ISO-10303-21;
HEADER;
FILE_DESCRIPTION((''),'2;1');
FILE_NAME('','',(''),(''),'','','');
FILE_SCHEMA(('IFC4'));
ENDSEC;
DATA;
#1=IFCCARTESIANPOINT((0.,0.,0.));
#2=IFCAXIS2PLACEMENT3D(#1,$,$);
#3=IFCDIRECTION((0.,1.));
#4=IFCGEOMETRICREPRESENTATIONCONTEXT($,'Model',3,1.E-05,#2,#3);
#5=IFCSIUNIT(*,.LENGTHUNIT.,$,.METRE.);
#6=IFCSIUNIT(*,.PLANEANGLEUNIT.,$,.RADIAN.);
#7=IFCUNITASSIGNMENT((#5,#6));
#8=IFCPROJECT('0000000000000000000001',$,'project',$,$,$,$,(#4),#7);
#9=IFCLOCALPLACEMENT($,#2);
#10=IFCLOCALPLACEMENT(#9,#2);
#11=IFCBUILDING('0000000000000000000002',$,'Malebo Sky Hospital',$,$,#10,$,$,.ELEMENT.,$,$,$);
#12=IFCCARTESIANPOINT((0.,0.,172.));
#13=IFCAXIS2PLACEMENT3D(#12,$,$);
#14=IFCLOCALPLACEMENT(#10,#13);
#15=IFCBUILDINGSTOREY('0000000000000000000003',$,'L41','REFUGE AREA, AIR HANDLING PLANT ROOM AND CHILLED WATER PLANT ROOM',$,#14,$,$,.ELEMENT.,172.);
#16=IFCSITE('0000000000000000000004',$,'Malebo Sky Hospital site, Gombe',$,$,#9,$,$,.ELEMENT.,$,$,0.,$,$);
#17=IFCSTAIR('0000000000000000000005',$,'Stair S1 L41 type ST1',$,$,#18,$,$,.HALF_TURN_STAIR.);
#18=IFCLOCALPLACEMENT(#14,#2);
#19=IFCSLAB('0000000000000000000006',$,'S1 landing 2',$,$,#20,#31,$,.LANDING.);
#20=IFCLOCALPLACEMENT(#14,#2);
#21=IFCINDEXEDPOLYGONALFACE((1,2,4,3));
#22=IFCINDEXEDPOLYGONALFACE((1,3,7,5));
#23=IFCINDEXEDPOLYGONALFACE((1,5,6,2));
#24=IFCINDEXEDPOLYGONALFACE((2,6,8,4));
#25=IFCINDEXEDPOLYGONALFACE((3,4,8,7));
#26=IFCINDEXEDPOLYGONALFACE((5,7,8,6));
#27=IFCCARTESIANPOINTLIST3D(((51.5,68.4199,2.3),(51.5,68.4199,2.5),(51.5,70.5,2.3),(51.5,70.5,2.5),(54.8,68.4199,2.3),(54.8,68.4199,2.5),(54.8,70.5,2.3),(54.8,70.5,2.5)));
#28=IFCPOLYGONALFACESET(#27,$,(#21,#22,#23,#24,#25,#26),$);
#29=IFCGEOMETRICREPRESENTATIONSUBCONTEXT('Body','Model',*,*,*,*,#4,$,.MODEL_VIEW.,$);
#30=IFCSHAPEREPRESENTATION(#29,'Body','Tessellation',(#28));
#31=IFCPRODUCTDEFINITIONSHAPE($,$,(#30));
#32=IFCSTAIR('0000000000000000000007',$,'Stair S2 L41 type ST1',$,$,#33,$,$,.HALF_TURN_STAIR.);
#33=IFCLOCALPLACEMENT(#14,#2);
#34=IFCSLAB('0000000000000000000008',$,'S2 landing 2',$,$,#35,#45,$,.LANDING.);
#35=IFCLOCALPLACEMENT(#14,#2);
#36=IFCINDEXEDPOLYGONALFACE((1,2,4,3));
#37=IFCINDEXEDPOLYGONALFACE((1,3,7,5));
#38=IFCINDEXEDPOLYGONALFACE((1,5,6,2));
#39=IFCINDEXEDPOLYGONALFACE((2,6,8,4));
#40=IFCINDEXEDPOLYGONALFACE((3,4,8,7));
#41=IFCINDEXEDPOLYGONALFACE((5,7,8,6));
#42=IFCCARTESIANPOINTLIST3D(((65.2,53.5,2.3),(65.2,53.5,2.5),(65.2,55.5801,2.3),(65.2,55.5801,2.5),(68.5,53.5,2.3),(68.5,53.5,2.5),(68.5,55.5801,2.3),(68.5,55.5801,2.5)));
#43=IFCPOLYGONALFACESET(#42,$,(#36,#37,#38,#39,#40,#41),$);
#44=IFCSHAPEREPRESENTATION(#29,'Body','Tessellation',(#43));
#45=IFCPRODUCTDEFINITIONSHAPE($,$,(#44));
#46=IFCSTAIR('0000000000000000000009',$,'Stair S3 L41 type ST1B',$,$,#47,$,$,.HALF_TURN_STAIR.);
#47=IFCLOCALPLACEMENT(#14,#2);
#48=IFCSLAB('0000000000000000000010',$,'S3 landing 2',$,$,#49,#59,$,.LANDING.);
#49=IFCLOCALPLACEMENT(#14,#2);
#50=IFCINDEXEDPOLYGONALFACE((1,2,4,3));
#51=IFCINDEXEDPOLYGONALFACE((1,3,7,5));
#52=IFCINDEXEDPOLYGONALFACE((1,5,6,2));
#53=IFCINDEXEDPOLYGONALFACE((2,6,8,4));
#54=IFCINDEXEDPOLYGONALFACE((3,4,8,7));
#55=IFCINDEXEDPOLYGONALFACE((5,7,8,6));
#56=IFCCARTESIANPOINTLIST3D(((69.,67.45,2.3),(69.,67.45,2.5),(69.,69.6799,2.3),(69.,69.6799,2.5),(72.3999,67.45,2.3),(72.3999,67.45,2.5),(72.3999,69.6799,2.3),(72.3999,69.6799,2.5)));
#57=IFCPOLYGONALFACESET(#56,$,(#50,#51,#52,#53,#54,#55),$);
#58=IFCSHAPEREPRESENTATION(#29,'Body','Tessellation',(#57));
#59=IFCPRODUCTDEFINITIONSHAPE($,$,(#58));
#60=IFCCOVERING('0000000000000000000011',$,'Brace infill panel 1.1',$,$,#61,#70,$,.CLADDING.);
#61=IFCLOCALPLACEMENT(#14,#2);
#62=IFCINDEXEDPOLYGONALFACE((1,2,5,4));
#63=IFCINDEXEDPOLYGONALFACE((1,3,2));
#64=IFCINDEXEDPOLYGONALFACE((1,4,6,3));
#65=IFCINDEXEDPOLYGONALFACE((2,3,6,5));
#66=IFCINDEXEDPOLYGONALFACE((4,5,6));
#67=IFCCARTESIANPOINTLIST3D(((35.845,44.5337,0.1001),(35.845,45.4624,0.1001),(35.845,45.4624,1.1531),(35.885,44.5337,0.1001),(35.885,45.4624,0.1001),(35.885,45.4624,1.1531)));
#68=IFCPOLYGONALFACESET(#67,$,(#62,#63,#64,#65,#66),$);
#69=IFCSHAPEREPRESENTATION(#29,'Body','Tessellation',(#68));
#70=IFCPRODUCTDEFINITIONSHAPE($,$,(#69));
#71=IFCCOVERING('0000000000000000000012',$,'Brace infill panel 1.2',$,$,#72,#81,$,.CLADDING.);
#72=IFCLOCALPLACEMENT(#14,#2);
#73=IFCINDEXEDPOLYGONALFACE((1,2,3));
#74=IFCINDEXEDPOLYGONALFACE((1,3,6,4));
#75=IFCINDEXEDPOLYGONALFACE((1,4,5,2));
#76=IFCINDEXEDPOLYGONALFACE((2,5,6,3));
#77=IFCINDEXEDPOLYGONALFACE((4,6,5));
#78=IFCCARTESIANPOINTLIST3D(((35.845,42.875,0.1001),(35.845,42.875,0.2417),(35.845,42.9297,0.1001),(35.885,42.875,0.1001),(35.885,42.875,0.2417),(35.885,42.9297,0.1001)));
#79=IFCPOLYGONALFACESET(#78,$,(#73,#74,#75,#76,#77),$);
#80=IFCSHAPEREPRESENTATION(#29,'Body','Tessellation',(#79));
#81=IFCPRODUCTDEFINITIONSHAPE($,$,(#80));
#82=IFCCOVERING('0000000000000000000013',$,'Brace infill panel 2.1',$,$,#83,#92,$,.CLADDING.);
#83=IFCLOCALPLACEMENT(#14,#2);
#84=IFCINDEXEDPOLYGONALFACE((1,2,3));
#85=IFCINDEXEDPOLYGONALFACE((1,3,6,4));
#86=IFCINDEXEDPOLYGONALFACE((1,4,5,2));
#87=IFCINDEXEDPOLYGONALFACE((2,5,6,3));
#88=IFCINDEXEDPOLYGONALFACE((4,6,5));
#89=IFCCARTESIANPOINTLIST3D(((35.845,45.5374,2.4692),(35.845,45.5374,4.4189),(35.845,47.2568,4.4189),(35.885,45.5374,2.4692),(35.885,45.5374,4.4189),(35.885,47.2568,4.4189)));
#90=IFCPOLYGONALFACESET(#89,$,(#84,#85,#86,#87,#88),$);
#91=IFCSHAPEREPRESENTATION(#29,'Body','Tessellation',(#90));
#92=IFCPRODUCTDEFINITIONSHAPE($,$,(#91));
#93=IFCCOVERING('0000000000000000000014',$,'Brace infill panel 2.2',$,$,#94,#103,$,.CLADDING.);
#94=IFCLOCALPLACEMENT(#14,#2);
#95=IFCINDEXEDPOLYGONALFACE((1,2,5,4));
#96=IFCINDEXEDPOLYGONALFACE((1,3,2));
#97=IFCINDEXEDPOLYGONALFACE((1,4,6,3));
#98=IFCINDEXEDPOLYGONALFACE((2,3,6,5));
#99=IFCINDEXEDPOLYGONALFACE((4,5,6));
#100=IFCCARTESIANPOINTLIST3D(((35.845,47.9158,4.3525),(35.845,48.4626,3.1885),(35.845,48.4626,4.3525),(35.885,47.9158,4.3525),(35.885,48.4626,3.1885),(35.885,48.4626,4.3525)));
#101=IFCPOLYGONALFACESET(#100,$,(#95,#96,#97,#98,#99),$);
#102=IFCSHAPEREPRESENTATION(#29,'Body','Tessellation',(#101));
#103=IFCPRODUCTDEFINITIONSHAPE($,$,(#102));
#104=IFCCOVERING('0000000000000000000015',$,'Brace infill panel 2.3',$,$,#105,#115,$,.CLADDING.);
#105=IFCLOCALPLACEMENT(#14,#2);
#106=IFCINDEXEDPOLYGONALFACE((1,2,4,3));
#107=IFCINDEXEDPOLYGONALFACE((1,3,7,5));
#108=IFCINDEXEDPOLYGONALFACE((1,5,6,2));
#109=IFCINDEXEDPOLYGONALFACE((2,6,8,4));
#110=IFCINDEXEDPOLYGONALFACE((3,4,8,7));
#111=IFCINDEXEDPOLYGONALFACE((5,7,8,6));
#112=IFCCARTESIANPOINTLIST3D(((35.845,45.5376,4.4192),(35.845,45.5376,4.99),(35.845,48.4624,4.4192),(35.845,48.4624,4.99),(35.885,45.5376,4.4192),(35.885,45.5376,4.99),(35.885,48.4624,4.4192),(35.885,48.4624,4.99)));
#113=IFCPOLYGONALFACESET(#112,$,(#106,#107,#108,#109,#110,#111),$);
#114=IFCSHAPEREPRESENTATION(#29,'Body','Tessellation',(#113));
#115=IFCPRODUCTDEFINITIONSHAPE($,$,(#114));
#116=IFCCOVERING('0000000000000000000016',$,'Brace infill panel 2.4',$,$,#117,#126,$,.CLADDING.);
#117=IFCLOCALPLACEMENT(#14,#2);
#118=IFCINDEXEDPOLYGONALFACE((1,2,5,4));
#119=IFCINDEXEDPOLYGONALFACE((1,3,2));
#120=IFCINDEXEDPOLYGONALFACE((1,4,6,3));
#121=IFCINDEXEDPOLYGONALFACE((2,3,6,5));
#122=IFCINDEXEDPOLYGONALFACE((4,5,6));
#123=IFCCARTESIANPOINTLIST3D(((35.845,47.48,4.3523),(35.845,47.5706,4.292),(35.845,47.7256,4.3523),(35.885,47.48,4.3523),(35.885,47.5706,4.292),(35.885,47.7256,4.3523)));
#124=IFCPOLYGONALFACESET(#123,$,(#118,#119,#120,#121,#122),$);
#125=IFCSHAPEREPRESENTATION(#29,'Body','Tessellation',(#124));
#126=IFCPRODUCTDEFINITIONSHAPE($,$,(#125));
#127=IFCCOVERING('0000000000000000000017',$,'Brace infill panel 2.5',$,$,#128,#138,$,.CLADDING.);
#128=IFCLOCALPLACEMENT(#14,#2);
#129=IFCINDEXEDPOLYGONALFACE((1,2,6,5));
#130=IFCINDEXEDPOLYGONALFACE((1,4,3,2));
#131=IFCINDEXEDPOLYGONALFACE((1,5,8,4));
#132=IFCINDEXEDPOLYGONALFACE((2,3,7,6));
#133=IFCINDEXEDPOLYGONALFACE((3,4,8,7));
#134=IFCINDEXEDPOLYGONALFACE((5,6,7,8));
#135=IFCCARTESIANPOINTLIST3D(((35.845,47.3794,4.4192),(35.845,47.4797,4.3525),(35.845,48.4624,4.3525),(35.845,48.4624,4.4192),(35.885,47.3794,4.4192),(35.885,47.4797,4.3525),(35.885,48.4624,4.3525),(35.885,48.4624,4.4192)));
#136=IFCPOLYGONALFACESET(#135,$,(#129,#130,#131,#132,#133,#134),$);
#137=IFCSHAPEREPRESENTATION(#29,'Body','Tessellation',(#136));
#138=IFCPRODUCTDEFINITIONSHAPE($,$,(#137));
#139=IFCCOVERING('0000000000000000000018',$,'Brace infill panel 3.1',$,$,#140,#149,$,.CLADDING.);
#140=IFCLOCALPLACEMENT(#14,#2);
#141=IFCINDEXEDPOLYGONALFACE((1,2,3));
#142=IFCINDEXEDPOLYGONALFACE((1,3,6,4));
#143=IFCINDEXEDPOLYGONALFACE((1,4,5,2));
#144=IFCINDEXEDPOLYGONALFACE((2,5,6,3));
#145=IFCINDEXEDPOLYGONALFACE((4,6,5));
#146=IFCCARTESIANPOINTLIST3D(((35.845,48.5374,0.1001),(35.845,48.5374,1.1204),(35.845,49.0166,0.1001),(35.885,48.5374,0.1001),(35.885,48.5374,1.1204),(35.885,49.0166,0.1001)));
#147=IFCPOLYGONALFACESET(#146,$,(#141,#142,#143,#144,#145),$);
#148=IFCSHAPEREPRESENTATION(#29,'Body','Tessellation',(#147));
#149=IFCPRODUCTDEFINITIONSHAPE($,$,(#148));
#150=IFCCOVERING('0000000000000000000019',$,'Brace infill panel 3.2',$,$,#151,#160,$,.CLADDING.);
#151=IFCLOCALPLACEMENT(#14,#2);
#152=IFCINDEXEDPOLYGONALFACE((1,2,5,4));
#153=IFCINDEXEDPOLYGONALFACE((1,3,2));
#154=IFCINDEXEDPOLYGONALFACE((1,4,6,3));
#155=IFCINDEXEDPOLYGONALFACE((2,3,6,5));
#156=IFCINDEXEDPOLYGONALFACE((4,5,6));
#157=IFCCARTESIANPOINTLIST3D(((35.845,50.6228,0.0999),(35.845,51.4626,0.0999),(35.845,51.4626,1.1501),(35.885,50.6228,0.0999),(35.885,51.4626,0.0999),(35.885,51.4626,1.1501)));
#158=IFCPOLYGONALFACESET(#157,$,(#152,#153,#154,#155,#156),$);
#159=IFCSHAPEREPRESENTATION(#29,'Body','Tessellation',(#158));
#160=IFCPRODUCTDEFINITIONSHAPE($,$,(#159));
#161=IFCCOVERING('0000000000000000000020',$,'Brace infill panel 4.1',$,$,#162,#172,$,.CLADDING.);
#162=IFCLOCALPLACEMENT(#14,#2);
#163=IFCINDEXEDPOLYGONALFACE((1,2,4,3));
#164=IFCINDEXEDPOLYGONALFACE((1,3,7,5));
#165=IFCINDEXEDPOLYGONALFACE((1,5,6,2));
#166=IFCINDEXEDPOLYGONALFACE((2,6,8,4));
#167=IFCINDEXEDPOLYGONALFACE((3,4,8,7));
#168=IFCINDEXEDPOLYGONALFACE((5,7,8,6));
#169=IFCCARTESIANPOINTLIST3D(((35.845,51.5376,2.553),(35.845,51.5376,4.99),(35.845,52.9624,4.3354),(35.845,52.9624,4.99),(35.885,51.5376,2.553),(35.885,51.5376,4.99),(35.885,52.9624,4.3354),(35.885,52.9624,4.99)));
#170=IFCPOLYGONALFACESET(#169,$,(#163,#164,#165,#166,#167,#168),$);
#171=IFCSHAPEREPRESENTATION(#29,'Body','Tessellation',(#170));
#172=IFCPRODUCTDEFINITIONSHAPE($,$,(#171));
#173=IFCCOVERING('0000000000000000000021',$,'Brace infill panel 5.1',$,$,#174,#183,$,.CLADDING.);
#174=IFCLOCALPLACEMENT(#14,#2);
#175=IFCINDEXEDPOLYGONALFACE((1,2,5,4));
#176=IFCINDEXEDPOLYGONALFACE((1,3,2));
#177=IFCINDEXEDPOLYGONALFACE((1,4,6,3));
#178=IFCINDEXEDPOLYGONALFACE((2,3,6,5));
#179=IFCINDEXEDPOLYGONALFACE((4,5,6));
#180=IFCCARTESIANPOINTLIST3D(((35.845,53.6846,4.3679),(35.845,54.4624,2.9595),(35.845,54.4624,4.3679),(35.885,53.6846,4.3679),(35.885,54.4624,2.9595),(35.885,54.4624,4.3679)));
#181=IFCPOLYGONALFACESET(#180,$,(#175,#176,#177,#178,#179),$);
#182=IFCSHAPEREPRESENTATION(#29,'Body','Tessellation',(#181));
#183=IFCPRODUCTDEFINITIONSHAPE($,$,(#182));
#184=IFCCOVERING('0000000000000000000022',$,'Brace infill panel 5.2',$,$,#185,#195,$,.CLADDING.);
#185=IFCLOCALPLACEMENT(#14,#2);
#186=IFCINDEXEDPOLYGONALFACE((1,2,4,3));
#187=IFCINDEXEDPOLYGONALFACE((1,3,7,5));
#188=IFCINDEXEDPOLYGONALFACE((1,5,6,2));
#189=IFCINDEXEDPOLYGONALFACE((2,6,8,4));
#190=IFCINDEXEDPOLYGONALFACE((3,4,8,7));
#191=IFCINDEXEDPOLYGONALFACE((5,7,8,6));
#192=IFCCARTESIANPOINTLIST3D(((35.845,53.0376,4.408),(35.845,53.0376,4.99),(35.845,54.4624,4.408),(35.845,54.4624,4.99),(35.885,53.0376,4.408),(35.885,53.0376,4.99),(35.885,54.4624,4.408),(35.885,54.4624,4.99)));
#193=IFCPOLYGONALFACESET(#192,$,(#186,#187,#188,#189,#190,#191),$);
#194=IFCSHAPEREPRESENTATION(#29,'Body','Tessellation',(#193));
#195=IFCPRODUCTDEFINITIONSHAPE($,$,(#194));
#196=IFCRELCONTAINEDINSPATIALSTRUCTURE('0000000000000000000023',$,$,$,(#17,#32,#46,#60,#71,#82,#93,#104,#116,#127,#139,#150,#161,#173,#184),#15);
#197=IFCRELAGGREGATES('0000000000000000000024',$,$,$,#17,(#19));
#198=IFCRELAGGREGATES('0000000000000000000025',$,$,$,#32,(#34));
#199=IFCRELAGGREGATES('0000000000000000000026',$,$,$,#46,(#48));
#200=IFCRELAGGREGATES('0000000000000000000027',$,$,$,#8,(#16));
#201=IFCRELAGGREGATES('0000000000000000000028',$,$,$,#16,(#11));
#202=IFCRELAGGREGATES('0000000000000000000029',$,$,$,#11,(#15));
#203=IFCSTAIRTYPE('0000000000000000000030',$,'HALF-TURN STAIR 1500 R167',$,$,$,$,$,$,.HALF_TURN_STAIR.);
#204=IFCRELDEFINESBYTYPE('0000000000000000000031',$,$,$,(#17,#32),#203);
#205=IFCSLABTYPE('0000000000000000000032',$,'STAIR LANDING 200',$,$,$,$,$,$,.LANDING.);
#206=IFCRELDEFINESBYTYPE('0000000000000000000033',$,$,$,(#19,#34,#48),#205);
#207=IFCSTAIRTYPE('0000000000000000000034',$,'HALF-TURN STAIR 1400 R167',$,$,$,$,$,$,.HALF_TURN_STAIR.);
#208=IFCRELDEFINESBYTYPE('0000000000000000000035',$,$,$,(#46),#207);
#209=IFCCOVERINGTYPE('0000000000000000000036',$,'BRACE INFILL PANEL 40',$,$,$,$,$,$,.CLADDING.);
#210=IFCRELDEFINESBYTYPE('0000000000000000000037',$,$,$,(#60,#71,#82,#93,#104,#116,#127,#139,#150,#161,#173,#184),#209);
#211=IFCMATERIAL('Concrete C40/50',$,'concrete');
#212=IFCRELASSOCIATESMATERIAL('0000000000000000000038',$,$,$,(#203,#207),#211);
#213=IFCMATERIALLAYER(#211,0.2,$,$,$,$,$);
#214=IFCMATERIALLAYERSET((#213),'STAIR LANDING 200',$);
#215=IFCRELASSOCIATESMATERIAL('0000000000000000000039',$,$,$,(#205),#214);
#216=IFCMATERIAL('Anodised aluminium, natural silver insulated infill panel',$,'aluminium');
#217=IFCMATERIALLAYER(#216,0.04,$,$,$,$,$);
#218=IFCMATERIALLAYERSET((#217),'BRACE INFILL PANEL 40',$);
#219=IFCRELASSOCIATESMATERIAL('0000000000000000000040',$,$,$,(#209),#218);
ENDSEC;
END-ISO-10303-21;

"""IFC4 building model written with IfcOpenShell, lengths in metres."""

from ifc_helpers import new_model, si_unit, direction, frame, origin, place, context, subcontext, project, spatial, polyline, outline, extrude, material, layer, layer_set, type_object, element, aggregate, save


model = new_model("IFC4")

# Units and contexts
model_context = context("Model", 3, precision=1e-05, world=origin(), true_north=direction((0.0, 1.0)))
body_context = subcontext(model_context, "Body", "Model", "MODEL_VIEW")
ifc_project = project(units=[si_unit("LENGTHUNIT", "METRE"), si_unit("PLANEANGLEUNIT", "RADIAN")], contexts=[model_context])

# Site, building, storey
site_placement = place(None, origin())
site = spatial("IfcSite", under=ifc_project, at=site_placement, Name="Malebo Sky Hospital site, Gombe", CompositionType="ELEMENT", RefElevation=0.0)
building_placement = place(site_placement, origin())
building = spatial("IfcBuilding", under=site, at=building_placement, Name="Malebo Sky Hospital", CompositionType="ELEMENT")
storey_placement = place(building_placement, frame((0.0, 0.0, 172.0)))
storey = spatial("IfcBuildingStorey", under=building, at=storey_placement, Name="L41", Description="REFUGE AREA, AIR HANDLING PLANT ROOM AND CHILLED WATER PLANT ROOM", CompositionType="ELEMENT", Elevation=172.0)

# Stairs, slabs
ifc_material_1 = material(Name="Concrete C40/50", Category="concrete")
stair_type_1 = type_object("IfcStairType", Name="HALF-TURN STAIR 1500 R167", PredefinedType="HALF_TURN_STAIR", material=ifc_material_1)
stair_1_placement = place(storey_placement, origin())
stair_1 = element("IfcStair", 1, at=stair_1_placement, inside=storey, type_object=stair_type_1, Name="Stair S1 L41 type ST1", PredefinedType="HALF_TURN_STAIR")
ifc_layer_1 = layer(ifc_material_1, 0.2)
ifc_layer_set_1 = layer_set([ifc_layer_1], Name="STAIR LANDING 200")
slab_type = type_object("IfcSlabType", Name="STAIR LANDING 200", PredefinedType="LANDING", material=ifc_layer_set_1)
slab_1_placement = place(storey_placement, frame((0.0, 0.0, 2.3)))
slab_1 = element("IfcSlab", 2, at=slab_1_placement, type_object=slab_type, Name="S1 landing 2", PredefinedType="LANDING", context=body_context, shape_type="SweptSolid", body=[
    extrude(outline(polyline([(51.5, 68.4199), (54.8, 68.4199), (54.8, 70.5), (51.5, 70.5), (51.5, 68.4199)])), origin(), (0.0, 0.0, 1.0), 0.2),
])
aggregate(stair_1, [slab_1])
stair_2_placement = place(storey_placement, origin())
stair_2 = element("IfcStair", 3, at=stair_2_placement, inside=storey, type_object=stair_type_1, Name="Stair S2 L41 type ST1", PredefinedType="HALF_TURN_STAIR")
slab_2_placement = place(storey_placement, frame((0.0, 0.0, 2.3)))
slab_2 = element("IfcSlab", 4, at=slab_2_placement, type_object=slab_type, Name="S2 landing 2", PredefinedType="LANDING", context=body_context, shape_type="SweptSolid", body=[
    extrude(outline(polyline([(65.2, 53.5), (68.5, 53.5), (68.5, 55.5801), (65.2, 55.5801), (65.2, 53.5)])), origin(), (0.0, 0.0, 1.0), 0.2),
])
aggregate(stair_2, [slab_2])
stair_type_2 = type_object("IfcStairType", Name="HALF-TURN STAIR 1400 R167", PredefinedType="HALF_TURN_STAIR", material=ifc_material_1)
stair_3_placement = place(storey_placement, origin())
stair_3 = element("IfcStair", 5, at=stair_3_placement, inside=storey, type_object=stair_type_2, Name="Stair S3 L41 type ST1B", PredefinedType="HALF_TURN_STAIR")
slab_3_placement = place(storey_placement, frame((0.0, 0.0, 2.3)))
slab_3 = element("IfcSlab", 6, at=slab_3_placement, type_object=slab_type, Name="S3 landing 2", PredefinedType="LANDING", context=body_context, shape_type="SweptSolid", body=[
    extrude(outline(polyline([(69.0, 67.45), (72.3999, 67.45), (72.3999, 69.6799), (69.0, 69.6799), (69.0, 67.45)])), origin(), (0.0, 0.0, 1.0), 0.2),
])
aggregate(stair_3, [slab_3])

# Coverings
ifc_material_2 = material(Name="Anodised aluminium, natural silver insulated infill panel", Category="aluminium")
ifc_layer_2 = layer(ifc_material_2, 0.04)
ifc_layer_set_2 = layer_set([ifc_layer_2], Name="BRACE INFILL PANEL 40")
covering_type = type_object("IfcCoveringType", Name="BRACE INFILL PANEL 40", PredefinedType="CLADDING", material=ifc_layer_set_2)
covering_1_placement = place(storey_placement, frame((35.865, 44.998, 0.1001), z_axis=(0.0, 0.0, 1.0), x_axis=(0.0, 1.0, 0.0)))
element("IfcCovering", 7, at=covering_1_placement, inside=storey, type_object=covering_type, Name="Brace infill panel 1.1", PredefinedType="CLADDING", context=body_context, shape_type="SweptSolid", body=[
    extrude(outline(polyline([(-0.4644, 0.0), (0.4644, 0.0), (0.4644, 1.053), (-0.4644, 0.0)])), frame((0.0, 0.02, 0.0), z_axis=(0.0, -1.0, 0.0), x_axis=(1.0, 0.0, 0.0)), (0.0, 0.0, 1.0), 0.04),
])
covering_2_placement = place(storey_placement, frame((35.865, 42.9023, 0.1001), z_axis=(0.0, 0.0, 1.0), x_axis=(0.0, 1.0, 0.0)))
element("IfcCovering", 8, at=covering_2_placement, inside=storey, type_object=covering_type, Name="Brace infill panel 1.2", PredefinedType="CLADDING", context=body_context, shape_type="SweptSolid", body=[
    extrude(outline(polyline([(-0.0273, 0.0), (0.0273, 0.0), (-0.0273, 0.1416), (-0.0273, 0.0)])), frame((0.0, 0.02, 0.0), z_axis=(0.0, -1.0, 0.0), x_axis=(1.0, 0.0, 0.0)), (0.0, 0.0, 1.0), 0.04),
])
covering_3_placement = place(storey_placement, frame((35.865, 46.3972, 2.4692), z_axis=(0.0, 0.0, 1.0), x_axis=(0.0, 1.0, 0.0)))
element("IfcCovering", 9, at=covering_3_placement, inside=storey, type_object=covering_type, Name="Brace infill panel 2.1", PredefinedType="CLADDING", context=body_context, shape_type="SweptSolid", body=[
    extrude(outline(polyline([(-0.8599, 0.0), (0.8596, 1.9497), (-0.8599, 1.9497), (-0.8599, 0.0)])), frame((0.0, 0.02, 0.0), z_axis=(0.0, -1.0, 0.0), x_axis=(1.0, 0.0, 0.0)), (0.0, 0.0, 1.0), 0.04),
])
covering_4_placement = place(storey_placement, frame((35.865, 48.1892, 3.1885), z_axis=(0.0, 0.0, 1.0), x_axis=(0.0, 1.0, 0.0)))
element("IfcCovering", 10, at=covering_4_placement, inside=storey, type_object=covering_type, Name="Brace infill panel 2.2", PredefinedType="CLADDING", context=body_context, shape_type="SweptSolid", body=[
    extrude(outline(polyline([(0.2734, 0.0), (0.2734, 1.1641), (-0.2734, 1.1641), (0.2734, 0.0)])), frame((0.0, 0.02, 0.0), z_axis=(0.0, -1.0, 0.0), x_axis=(1.0, 0.0, 0.0)), (0.0, 0.0, 1.0), 0.04),
])
covering_5_placement = place(storey_placement, frame((35.865, 47.0, 4.4192), z_axis=(0.0, 0.0, 1.0), x_axis=(0.0, 1.0, 0.0)))
element("IfcCovering", 11, at=covering_5_placement, inside=storey, type_object=covering_type, Name="Brace infill panel 2.3", PredefinedType="CLADDING", context=body_context, shape_type="SweptSolid", body=[
    extrude(outline(polyline([(-1.4624, 0.0), (1.4624, 0.0), (1.4624, 0.5708), (-1.4624, 0.5708), (-1.4624, 0.0)])), frame((0.0, 0.02, 0.0), z_axis=(0.0, -1.0, 0.0), x_axis=(1.0, 0.0, 0.0)), (0.0, 0.0, 1.0), 0.04),
])
covering_6_placement = place(storey_placement, frame((35.865, 47.6028, 4.292), z_axis=(0.0, 0.0, 1.0), x_axis=(0.0, 1.0, 0.0)))
element("IfcCovering", 12, at=covering_6_placement, inside=storey, type_object=covering_type, Name="Brace infill panel 2.4", PredefinedType="CLADDING", context=body_context, shape_type="SweptSolid", body=[
    extrude(outline(polyline([(-0.0322, 0.0), (0.1228, 0.0603), (-0.1228, 0.0603), (-0.0322, 0.0)])), frame((0.0, 0.02, 0.0), z_axis=(0.0, -1.0, 0.0), x_axis=(1.0, 0.0, 0.0)), (0.0, 0.0, 1.0), 0.04),
])
covering_7_placement = place(storey_placement, frame((35.865, 47.9209, 4.3525), z_axis=(0.0, 0.0, 1.0), x_axis=(0.0, 1.0, 0.0)))
element("IfcCovering", 13, at=covering_7_placement, inside=storey, type_object=covering_type, Name="Brace infill panel 2.5", PredefinedType="CLADDING", context=body_context, shape_type="SweptSolid", body=[
    extrude(outline(polyline([(-0.4412, 0.0), (0.5415, 0.0), (0.5415, 0.0667), (-0.5415, 0.0667), (-0.4412, 0.0)])), frame((0.0, 0.02, 0.0), z_axis=(0.0, -1.0, 0.0), x_axis=(1.0, 0.0, 0.0)), (0.0, 0.0, 1.0), 0.04),
])
covering_8_placement = place(storey_placement, frame((35.865, 48.7771, 0.1001), z_axis=(0.0, 0.0, 1.0), x_axis=(0.0, 1.0, 0.0)))
element("IfcCovering", 14, at=covering_8_placement, inside=storey, type_object=covering_type, Name="Brace infill panel 3.1", PredefinedType="CLADDING", context=body_context, shape_type="SweptSolid", body=[
    extrude(outline(polyline([(-0.2397, 0.0), (0.2395, 0.0), (-0.2397, 1.0203), (-0.2397, 0.0)])), frame((0.0, 0.02, 0.0), z_axis=(0.0, -1.0, 0.0), x_axis=(1.0, 0.0, 0.0)), (0.0, 0.0, 1.0), 0.04),
])
covering_9_placement = place(storey_placement, frame((35.865, 51.0427, 0.0999), z_axis=(0.0, 0.0, 1.0), x_axis=(0.0, 1.0, 0.0)))
element("IfcCovering", 15, at=covering_9_placement, inside=storey, type_object=covering_type, Name="Brace infill panel 3.2", PredefinedType="CLADDING", context=body_context, shape_type="SweptSolid", body=[
    extrude(outline(polyline([(-0.4199, 0.0), (0.4199, 0.0), (0.4199, 1.0503), (-0.4199, 0.0)])), frame((0.0, 0.02, 0.0), z_axis=(0.0, -1.0, 0.0), x_axis=(1.0, 0.0, 0.0)), (0.0, 0.0, 1.0), 0.04),
])
covering_10_placement = place(storey_placement, frame((35.865, 52.25, 2.553), z_axis=(0.0, 0.0, 1.0), x_axis=(0.0, 1.0, 0.0)))
element("IfcCovering", 16, at=covering_10_placement, inside=storey, type_object=covering_type, Name="Brace infill panel 4.1", PredefinedType="CLADDING", context=body_context, shape_type="SweptSolid", body=[
    extrude(outline(polyline([(-0.7124, 0.0), (0.7124, 1.7825), (0.7124, 2.437), (-0.7124, 2.437), (-0.7124, 0.0)])), frame((0.0, 0.02, 0.0), z_axis=(0.0, -1.0, 0.0), x_axis=(1.0, 0.0, 0.0)), (0.0, 0.0, 1.0), 0.04),
])
covering_11_placement = place(storey_placement, frame((35.865, 54.0735, 2.9595), z_axis=(0.0, 0.0, 1.0), x_axis=(0.0, 1.0, 0.0)))
element("IfcCovering", 17, at=covering_11_placement, inside=storey, type_object=covering_type, Name="Brace infill panel 5.1", PredefinedType="CLADDING", context=body_context, shape_type="SweptSolid", body=[
    extrude(outline(polyline([(0.3889, 0.0), (0.3889, 1.4084), (-0.3889, 1.4084), (0.3889, 0.0)])), frame((0.0, 0.02, 0.0), z_axis=(0.0, -1.0, 0.0), x_axis=(1.0, 0.0, 0.0)), (0.0, 0.0, 1.0), 0.04),
])
covering_12_placement = place(storey_placement, frame((35.865, 53.75, 4.408), z_axis=(0.0, 0.0, 1.0), x_axis=(0.0, 1.0, 0.0)))
element("IfcCovering", 18, at=covering_12_placement, inside=storey, type_object=covering_type, Name="Brace infill panel 5.2", PredefinedType="CLADDING", context=body_context, shape_type="SweptSolid", body=[
    extrude(outline(polyline([(-0.7124, 0.0), (0.7124, 0.0), (0.7124, 0.582), (-0.7124, 0.582), (-0.7124, 0.0)])), frame((0.0, 0.02, 0.0), z_axis=(0.0, -1.0, 0.0), x_axis=(1.0, 0.0, 0.0)), (0.0, 0.0, 1.0), 0.04),
])

save(model, "model.ifc")
